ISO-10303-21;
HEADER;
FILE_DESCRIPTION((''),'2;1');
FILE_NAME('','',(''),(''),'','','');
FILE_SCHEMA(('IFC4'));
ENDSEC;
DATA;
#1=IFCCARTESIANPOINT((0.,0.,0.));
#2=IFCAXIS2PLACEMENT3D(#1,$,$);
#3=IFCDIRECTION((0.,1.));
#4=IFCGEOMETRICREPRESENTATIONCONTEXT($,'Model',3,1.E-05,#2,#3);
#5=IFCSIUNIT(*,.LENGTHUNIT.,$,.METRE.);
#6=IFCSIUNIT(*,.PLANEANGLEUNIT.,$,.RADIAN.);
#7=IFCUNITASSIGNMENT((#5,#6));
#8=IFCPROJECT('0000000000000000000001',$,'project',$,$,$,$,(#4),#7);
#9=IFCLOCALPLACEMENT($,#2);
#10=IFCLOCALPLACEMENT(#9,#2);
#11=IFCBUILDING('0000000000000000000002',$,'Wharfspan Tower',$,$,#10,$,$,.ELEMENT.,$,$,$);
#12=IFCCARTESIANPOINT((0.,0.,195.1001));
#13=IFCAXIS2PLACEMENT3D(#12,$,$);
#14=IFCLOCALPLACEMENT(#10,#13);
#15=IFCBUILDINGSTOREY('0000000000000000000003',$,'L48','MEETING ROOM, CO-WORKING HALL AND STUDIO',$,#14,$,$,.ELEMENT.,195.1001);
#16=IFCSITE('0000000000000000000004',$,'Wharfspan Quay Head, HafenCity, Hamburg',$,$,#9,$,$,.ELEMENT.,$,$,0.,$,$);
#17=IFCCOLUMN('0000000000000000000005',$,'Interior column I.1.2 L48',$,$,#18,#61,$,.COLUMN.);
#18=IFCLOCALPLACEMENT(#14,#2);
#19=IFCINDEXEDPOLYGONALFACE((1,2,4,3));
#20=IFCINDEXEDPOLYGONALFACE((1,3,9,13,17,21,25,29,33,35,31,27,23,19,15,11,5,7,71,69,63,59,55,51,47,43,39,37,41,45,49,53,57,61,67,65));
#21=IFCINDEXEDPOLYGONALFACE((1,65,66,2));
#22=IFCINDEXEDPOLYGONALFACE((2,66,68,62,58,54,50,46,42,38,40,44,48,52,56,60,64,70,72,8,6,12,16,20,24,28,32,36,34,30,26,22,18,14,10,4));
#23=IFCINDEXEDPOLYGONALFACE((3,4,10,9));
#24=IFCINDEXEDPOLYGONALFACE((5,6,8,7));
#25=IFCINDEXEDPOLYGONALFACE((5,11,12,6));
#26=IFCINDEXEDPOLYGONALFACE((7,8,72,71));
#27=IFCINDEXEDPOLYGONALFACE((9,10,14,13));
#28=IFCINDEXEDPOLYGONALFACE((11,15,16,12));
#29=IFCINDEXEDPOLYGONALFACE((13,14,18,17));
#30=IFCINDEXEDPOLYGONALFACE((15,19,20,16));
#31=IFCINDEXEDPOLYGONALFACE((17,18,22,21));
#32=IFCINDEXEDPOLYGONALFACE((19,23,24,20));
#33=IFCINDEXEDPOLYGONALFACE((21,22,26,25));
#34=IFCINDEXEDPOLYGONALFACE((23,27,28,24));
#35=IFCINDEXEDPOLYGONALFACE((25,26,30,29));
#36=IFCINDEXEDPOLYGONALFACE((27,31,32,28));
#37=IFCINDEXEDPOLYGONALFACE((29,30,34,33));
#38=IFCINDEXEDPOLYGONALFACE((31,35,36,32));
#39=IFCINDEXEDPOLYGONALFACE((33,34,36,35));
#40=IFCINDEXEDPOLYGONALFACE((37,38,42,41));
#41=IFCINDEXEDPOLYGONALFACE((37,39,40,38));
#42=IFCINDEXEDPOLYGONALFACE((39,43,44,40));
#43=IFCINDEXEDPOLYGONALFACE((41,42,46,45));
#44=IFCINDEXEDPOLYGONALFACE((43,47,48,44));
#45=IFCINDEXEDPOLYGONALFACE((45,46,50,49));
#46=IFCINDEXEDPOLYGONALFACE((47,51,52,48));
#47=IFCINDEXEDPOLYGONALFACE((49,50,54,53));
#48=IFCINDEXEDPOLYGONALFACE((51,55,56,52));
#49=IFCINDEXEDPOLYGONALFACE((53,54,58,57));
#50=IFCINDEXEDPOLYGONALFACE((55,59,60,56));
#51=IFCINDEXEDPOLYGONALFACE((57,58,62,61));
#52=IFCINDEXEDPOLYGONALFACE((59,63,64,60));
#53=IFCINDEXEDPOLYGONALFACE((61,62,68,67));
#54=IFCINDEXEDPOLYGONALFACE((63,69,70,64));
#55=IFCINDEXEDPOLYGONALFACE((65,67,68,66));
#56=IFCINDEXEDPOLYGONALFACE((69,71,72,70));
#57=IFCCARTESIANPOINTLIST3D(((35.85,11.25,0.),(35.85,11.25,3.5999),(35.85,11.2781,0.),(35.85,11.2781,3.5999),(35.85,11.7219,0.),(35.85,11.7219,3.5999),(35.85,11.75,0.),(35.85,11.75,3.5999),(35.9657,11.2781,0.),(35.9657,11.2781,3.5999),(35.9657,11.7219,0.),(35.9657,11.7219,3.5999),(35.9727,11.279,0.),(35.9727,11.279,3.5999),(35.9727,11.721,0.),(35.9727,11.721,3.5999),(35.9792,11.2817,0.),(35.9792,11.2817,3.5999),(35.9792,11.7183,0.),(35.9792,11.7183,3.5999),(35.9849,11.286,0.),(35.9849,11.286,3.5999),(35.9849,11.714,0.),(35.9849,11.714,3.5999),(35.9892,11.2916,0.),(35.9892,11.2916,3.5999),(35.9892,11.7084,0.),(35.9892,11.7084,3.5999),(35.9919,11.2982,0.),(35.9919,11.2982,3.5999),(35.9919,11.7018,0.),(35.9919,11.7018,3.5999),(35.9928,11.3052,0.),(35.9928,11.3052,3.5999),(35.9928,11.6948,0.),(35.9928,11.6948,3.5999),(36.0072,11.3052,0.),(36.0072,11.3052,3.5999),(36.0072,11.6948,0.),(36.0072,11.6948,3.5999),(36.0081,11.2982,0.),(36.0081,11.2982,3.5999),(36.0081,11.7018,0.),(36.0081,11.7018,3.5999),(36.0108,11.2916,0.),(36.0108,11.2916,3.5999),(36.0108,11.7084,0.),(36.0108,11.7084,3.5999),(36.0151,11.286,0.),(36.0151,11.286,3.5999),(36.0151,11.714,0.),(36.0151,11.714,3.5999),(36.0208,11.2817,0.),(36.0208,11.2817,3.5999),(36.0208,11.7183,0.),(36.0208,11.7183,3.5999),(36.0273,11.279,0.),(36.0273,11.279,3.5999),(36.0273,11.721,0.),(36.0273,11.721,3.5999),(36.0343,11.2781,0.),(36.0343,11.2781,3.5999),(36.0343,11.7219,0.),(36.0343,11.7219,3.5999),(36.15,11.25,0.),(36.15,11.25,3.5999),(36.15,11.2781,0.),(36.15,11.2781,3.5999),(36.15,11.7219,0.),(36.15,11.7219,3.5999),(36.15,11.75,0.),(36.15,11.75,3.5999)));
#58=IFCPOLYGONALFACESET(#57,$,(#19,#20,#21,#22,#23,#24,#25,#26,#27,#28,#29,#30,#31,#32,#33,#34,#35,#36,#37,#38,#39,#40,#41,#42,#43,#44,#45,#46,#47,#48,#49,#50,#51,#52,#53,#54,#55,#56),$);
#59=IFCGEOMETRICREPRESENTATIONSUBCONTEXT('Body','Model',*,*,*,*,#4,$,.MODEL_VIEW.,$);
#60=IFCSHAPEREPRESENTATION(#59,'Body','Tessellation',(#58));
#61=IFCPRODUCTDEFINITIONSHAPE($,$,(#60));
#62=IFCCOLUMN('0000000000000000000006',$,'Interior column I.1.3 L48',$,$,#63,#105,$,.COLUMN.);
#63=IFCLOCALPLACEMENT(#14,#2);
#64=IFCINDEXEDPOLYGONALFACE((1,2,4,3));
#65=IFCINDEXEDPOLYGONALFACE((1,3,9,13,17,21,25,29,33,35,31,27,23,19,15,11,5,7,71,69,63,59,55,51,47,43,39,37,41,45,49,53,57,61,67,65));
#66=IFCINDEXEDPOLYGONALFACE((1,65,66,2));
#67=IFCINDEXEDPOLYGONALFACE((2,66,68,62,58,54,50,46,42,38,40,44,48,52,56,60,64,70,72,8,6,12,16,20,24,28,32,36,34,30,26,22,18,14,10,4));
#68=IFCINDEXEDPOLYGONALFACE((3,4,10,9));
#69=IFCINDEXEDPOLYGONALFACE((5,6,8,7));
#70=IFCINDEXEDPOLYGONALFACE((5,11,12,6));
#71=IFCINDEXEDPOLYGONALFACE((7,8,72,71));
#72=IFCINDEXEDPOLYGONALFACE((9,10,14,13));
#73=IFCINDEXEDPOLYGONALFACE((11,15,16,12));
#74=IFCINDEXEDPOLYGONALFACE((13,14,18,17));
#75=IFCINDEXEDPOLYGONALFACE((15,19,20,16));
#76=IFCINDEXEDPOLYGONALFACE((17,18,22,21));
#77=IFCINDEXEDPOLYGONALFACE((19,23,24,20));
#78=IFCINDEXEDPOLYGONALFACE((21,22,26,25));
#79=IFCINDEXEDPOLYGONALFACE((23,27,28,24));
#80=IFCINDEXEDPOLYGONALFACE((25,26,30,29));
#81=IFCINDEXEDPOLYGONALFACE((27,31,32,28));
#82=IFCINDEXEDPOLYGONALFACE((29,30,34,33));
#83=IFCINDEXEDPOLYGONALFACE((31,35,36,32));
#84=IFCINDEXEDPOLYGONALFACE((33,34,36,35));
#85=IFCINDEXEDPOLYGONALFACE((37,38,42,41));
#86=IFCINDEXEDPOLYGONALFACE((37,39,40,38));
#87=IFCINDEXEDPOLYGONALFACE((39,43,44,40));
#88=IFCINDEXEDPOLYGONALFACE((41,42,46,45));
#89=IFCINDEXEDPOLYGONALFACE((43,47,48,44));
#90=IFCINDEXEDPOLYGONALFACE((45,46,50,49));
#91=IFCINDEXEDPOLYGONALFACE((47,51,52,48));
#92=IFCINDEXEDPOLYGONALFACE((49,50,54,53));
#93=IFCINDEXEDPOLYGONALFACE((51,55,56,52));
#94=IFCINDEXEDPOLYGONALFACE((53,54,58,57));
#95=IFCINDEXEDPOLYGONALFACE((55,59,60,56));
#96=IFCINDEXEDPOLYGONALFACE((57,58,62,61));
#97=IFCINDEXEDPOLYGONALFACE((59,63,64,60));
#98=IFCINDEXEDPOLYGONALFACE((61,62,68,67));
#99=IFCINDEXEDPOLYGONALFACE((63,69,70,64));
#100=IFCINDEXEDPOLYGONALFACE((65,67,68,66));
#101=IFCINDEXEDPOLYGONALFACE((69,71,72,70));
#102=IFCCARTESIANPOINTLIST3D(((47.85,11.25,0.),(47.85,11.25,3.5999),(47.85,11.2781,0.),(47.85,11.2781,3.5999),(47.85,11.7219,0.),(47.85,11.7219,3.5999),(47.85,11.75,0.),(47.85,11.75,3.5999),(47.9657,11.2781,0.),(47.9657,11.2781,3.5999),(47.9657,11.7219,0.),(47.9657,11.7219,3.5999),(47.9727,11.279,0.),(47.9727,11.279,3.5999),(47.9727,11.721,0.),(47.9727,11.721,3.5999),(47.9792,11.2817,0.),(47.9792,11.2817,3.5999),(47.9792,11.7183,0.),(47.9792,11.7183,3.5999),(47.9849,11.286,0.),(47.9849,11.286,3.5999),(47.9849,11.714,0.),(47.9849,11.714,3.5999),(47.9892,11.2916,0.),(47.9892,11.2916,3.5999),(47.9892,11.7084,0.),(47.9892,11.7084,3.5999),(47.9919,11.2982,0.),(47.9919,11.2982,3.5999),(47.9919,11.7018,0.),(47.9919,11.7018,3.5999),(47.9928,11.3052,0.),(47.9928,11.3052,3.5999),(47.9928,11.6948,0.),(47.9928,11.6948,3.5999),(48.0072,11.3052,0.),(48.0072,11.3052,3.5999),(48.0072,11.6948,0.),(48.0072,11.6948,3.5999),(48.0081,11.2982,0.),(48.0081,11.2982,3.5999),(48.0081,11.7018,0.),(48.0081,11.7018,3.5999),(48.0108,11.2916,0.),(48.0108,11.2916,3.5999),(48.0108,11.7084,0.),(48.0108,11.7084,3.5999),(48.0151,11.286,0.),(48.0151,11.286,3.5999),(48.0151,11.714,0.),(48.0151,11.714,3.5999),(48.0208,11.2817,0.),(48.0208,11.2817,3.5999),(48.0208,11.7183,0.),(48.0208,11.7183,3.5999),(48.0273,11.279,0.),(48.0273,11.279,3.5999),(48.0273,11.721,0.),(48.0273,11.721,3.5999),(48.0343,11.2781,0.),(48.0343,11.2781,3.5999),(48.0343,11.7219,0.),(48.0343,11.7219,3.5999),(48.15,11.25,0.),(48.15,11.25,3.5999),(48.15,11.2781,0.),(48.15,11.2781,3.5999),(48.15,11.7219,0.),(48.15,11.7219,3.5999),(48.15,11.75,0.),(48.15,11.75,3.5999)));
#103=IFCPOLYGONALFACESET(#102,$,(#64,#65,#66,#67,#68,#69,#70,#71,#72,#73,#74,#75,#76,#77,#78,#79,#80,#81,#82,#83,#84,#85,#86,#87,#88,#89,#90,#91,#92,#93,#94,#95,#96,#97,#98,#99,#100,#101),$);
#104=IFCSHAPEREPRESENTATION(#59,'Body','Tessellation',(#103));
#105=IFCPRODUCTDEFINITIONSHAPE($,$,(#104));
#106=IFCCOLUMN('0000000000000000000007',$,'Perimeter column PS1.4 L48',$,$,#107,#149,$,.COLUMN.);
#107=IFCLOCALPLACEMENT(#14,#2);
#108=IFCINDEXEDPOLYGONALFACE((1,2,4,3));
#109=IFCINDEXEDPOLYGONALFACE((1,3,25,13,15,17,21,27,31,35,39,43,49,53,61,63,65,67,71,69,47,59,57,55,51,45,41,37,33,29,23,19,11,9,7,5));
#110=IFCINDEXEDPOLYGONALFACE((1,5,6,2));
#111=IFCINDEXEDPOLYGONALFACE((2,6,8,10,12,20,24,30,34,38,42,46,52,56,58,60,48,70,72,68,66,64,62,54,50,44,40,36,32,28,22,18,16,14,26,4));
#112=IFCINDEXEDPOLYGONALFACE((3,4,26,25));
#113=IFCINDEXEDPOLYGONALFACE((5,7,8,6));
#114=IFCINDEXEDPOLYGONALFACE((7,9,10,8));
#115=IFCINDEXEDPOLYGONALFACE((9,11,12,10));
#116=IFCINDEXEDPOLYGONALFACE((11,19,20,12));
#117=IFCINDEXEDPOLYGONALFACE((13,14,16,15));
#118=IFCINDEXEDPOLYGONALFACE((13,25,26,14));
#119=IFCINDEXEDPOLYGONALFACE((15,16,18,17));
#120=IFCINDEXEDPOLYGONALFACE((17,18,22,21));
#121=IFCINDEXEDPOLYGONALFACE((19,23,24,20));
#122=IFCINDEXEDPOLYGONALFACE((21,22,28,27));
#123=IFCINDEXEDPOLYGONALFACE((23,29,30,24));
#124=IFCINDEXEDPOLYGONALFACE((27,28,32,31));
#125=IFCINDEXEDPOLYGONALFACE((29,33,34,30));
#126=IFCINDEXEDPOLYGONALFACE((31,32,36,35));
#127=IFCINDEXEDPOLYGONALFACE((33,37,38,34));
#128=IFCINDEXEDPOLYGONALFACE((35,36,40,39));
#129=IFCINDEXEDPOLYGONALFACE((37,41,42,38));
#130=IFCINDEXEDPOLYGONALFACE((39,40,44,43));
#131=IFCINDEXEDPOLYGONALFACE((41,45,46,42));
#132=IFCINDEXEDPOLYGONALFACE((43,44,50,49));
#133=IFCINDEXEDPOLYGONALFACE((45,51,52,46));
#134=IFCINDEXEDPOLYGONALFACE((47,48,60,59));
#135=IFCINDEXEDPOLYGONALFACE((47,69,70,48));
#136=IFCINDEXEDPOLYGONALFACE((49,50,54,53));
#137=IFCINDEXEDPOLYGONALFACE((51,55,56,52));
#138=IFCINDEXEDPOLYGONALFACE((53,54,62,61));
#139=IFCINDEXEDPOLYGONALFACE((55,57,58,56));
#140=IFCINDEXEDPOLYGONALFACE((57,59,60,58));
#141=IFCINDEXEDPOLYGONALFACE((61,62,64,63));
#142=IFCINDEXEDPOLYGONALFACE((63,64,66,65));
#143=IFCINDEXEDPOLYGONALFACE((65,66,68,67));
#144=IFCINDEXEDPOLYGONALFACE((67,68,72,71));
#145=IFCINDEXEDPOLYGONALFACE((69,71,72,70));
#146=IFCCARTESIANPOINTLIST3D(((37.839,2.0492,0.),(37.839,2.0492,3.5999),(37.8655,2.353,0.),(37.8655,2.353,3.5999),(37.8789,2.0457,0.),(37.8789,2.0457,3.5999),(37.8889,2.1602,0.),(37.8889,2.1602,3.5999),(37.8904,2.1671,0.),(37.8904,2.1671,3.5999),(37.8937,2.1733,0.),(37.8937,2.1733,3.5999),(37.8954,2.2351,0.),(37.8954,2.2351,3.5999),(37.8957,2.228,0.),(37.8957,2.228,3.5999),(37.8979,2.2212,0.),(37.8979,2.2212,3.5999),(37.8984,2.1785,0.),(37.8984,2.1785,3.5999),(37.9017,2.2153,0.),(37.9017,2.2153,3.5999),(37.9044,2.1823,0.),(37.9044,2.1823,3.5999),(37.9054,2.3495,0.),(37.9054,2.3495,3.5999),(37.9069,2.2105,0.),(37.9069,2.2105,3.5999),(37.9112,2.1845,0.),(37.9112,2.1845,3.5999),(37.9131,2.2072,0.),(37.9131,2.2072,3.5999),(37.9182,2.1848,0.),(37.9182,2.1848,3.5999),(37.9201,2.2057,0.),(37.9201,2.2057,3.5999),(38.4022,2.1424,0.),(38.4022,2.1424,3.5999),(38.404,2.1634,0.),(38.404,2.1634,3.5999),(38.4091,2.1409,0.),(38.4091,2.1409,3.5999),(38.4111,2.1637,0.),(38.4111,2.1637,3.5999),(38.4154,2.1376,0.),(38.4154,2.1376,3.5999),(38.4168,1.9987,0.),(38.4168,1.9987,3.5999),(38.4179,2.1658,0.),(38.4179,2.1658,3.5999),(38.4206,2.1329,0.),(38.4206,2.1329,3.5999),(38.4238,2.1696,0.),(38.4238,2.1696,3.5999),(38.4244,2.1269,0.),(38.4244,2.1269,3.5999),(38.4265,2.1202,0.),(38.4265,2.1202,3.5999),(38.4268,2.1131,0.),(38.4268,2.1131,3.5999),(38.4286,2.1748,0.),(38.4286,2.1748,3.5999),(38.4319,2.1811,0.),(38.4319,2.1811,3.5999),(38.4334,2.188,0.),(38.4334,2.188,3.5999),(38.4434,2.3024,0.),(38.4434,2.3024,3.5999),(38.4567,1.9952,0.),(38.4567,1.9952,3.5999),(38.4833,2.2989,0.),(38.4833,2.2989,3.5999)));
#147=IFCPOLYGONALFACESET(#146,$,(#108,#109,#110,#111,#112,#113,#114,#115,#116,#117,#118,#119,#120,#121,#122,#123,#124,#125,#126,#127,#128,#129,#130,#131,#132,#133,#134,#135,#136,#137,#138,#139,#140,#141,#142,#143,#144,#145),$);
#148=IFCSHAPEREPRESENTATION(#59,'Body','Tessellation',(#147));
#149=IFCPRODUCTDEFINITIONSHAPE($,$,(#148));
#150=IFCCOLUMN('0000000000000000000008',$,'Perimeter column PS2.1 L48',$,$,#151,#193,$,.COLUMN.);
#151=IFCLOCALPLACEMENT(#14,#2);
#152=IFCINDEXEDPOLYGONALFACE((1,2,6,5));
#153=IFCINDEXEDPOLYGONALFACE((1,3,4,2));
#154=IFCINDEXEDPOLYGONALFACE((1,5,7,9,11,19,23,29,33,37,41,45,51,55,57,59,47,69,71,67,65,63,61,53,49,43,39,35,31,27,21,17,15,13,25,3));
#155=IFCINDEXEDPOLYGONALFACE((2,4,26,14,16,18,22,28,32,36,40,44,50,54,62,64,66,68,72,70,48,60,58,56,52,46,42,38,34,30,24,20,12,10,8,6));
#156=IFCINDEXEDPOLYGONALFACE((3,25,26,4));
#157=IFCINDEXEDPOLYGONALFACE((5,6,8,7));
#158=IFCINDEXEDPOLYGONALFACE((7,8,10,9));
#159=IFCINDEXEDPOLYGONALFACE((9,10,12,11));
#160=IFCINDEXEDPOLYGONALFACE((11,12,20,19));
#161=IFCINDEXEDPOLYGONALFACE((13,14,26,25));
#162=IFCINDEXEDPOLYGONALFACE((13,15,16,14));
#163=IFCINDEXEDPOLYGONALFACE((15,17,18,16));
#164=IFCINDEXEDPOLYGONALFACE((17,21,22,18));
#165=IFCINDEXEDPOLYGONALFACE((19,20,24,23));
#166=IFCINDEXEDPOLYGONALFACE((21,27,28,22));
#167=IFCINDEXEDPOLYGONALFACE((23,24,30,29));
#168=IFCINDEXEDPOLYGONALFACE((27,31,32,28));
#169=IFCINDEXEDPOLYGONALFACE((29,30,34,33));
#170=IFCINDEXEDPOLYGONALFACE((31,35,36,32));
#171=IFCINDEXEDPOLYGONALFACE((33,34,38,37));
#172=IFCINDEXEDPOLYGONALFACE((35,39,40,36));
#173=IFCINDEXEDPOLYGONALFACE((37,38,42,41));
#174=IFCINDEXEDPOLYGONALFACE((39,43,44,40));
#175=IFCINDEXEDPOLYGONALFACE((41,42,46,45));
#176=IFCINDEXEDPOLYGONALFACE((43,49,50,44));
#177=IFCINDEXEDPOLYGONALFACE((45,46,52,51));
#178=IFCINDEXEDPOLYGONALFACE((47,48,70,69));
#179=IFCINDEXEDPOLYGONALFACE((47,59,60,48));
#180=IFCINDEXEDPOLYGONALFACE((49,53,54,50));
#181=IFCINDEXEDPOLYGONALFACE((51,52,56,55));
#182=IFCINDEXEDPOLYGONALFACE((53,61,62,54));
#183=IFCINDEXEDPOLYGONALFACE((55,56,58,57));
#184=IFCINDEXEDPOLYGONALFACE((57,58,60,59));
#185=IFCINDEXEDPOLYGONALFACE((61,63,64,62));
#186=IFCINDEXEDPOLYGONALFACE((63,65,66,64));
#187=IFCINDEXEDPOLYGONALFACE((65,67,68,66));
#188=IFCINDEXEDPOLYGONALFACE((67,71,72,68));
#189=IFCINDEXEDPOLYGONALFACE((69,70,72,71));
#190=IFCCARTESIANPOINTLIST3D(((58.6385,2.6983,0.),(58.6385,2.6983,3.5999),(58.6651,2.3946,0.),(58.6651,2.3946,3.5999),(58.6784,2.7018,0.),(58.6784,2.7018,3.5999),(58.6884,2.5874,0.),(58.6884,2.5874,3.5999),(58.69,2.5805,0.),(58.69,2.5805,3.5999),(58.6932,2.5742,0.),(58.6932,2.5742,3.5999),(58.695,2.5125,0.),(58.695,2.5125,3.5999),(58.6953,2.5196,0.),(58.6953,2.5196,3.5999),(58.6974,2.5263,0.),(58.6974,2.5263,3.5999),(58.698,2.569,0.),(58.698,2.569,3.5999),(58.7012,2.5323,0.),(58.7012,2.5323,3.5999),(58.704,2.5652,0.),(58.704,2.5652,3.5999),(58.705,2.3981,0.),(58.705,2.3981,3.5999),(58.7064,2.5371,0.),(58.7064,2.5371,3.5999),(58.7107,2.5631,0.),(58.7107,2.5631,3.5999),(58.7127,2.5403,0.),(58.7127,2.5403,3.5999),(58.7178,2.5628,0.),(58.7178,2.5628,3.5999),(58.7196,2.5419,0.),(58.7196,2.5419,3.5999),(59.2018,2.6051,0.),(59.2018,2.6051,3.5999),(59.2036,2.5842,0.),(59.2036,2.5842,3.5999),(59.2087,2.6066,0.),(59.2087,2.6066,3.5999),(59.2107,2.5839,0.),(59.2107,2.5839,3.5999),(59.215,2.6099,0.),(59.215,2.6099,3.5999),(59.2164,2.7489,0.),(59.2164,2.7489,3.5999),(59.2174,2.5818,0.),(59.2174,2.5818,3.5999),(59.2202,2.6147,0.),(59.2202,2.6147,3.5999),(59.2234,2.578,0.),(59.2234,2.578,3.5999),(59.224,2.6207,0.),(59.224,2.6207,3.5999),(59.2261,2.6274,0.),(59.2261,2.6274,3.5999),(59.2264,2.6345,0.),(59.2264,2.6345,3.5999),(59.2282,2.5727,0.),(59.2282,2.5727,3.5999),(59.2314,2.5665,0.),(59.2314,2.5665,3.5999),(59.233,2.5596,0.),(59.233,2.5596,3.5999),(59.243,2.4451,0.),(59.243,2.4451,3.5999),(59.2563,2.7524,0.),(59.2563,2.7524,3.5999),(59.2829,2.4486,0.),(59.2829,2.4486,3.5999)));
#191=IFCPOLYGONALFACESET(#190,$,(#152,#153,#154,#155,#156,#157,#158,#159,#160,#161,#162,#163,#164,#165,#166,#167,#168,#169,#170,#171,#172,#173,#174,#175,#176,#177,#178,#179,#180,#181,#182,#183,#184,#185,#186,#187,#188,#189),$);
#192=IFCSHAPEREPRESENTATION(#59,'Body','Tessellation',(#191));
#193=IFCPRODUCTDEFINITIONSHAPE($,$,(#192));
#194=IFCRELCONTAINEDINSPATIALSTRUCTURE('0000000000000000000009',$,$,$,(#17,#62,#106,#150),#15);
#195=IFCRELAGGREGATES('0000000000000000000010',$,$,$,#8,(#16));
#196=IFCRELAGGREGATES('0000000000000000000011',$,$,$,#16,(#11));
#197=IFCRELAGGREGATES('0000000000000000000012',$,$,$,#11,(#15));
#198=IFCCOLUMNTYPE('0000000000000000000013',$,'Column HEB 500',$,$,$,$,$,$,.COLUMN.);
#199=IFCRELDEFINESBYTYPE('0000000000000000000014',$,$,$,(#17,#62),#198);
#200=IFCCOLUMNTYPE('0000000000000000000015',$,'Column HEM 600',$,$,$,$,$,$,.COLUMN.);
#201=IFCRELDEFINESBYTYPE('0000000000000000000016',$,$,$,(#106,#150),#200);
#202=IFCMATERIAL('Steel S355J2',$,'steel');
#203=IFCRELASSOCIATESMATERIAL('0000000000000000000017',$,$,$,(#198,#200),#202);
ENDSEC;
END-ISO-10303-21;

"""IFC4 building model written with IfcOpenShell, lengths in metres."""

from ifc_helpers import new_model, si_unit, direction, frame, origin, origin_2d, place, context, subcontext, project, spatial, i_section, extrude, material, material_profile, profile_set, type_object, element, save


model = new_model("IFC4")

# Units and contexts
model_context = context("Model", 3, precision=1e-05, world=origin(), true_north=direction((0.0, 1.0)))
body_context = subcontext(model_context, "Body", "Model", "MODEL_VIEW")
ifc_project = project(units=[si_unit("LENGTHUNIT", "METRE"), si_unit("PLANEANGLEUNIT", "RADIAN")], contexts=[model_context])

# Site, building, storey
site_placement = place(None, origin())
site = spatial("IfcSite", under=ifc_project, at=site_placement, Name="Wharfspan Quay Head, HafenCity, Hamburg", CompositionType="ELEMENT", RefElevation=0.0)
building_placement = place(site_placement, origin())
building = spatial("IfcBuilding", under=site, at=building_placement, Name="Wharfspan Tower", CompositionType="ELEMENT")
storey_placement = place(building_placement, frame((0.0, 0.0, 195.1001)))
storey = spatial("IfcBuildingStorey", under=building, at=storey_placement, Name="L48", Description="MEETING ROOM, CO-WORKING HALL AND STUDIO", CompositionType="ELEMENT", Elevation=195.1001)

# Columns
ifc_material_1 = material(Name="Steel S355J2", Category="steel")
ifc_material_profile_1 = material_profile(ifc_material_1, i_section(OverallWidth=0.3, OverallDepth=0.5, WebThickness=0.0144, FlangeThickness=0.0281, FilletRadius=0.0271, at=origin_2d()))
ifc_profile_set_1 = profile_set([ifc_material_profile_1], Name="Steel S355J2")
column_type_1 = type_object("IfcColumnType", Name="Column HEB 500", PredefinedType="COLUMN", material=ifc_profile_set_1)
for number, where, z_axis, x_axis, name in (
    (1, (36.0, 11.5, 0.0), (0.0, 0.0, 1.0), (1.0, 0.0, 0.0), "Interior column I.1.2 L48"),
    (2, (48.0, 11.5, 0.0), (0.0, 0.0, 1.0), (1.0, 0.0, 0.0), "Interior column I.1.3 L48"),
):
    element("IfcColumn", number, at=place(storey_placement, frame(where, z_axis=z_axis, x_axis=x_axis)), inside=storey, type_object=column_type_1, Name=name, PredefinedType="COLUMN", context=body_context, shape_type="SweptSolid", body=[
        extrude(i_section(OverallWidth=0.3, OverallDepth=0.5, WebThickness=0.0144, FlangeThickness=0.0281, FilletRadius=0.0271, at=origin_2d()), origin(), (0.0, 0.0, 1.0), 3.5999),
    ])
ifc_material_profile_2 = material_profile(ifc_material_1, i_section(OverallWidth=0.3049, OverallDepth=0.6201, WebThickness=0.021, FlangeThickness=0.04, FilletRadius=0.0271, at=origin_2d()))
ifc_profile_set_2 = profile_set([ifc_material_profile_2], Name="Steel S355J2")
column_type_2 = type_object("IfcColumnType", Name="Column HEM 600", PredefinedType="COLUMN", material=ifc_profile_set_2)
for number, where, z_axis, x_axis, name in (
    (3, (38.1611, 2.1741, 0.0), (0.0, 0.0, 1.0), (-0.087156, -0.996198, 0.0), "Perimeter column PS1.4 L48"),
    (4, (58.9607, 2.5735, 0.0), (0.0, 0.0, 1.0), (0.087156, -0.996198, 0.0), "Perimeter column PS2.1 L48"),
):
    element("IfcColumn", number, at=place(storey_placement, frame(where, z_axis=z_axis, x_axis=x_axis)), inside=storey, type_object=column_type_2, Name=name, PredefinedType="COLUMN", context=body_context, shape_type="SweptSolid", body=[
        extrude(i_section(OverallWidth=0.3049, OverallDepth=0.6201, WebThickness=0.021, FlangeThickness=0.04, FilletRadius=0.0271, at=origin_2d()), origin(), (0.0, 0.0, 1.0), 3.5999),
    ])

save(model, "model.ifc")
